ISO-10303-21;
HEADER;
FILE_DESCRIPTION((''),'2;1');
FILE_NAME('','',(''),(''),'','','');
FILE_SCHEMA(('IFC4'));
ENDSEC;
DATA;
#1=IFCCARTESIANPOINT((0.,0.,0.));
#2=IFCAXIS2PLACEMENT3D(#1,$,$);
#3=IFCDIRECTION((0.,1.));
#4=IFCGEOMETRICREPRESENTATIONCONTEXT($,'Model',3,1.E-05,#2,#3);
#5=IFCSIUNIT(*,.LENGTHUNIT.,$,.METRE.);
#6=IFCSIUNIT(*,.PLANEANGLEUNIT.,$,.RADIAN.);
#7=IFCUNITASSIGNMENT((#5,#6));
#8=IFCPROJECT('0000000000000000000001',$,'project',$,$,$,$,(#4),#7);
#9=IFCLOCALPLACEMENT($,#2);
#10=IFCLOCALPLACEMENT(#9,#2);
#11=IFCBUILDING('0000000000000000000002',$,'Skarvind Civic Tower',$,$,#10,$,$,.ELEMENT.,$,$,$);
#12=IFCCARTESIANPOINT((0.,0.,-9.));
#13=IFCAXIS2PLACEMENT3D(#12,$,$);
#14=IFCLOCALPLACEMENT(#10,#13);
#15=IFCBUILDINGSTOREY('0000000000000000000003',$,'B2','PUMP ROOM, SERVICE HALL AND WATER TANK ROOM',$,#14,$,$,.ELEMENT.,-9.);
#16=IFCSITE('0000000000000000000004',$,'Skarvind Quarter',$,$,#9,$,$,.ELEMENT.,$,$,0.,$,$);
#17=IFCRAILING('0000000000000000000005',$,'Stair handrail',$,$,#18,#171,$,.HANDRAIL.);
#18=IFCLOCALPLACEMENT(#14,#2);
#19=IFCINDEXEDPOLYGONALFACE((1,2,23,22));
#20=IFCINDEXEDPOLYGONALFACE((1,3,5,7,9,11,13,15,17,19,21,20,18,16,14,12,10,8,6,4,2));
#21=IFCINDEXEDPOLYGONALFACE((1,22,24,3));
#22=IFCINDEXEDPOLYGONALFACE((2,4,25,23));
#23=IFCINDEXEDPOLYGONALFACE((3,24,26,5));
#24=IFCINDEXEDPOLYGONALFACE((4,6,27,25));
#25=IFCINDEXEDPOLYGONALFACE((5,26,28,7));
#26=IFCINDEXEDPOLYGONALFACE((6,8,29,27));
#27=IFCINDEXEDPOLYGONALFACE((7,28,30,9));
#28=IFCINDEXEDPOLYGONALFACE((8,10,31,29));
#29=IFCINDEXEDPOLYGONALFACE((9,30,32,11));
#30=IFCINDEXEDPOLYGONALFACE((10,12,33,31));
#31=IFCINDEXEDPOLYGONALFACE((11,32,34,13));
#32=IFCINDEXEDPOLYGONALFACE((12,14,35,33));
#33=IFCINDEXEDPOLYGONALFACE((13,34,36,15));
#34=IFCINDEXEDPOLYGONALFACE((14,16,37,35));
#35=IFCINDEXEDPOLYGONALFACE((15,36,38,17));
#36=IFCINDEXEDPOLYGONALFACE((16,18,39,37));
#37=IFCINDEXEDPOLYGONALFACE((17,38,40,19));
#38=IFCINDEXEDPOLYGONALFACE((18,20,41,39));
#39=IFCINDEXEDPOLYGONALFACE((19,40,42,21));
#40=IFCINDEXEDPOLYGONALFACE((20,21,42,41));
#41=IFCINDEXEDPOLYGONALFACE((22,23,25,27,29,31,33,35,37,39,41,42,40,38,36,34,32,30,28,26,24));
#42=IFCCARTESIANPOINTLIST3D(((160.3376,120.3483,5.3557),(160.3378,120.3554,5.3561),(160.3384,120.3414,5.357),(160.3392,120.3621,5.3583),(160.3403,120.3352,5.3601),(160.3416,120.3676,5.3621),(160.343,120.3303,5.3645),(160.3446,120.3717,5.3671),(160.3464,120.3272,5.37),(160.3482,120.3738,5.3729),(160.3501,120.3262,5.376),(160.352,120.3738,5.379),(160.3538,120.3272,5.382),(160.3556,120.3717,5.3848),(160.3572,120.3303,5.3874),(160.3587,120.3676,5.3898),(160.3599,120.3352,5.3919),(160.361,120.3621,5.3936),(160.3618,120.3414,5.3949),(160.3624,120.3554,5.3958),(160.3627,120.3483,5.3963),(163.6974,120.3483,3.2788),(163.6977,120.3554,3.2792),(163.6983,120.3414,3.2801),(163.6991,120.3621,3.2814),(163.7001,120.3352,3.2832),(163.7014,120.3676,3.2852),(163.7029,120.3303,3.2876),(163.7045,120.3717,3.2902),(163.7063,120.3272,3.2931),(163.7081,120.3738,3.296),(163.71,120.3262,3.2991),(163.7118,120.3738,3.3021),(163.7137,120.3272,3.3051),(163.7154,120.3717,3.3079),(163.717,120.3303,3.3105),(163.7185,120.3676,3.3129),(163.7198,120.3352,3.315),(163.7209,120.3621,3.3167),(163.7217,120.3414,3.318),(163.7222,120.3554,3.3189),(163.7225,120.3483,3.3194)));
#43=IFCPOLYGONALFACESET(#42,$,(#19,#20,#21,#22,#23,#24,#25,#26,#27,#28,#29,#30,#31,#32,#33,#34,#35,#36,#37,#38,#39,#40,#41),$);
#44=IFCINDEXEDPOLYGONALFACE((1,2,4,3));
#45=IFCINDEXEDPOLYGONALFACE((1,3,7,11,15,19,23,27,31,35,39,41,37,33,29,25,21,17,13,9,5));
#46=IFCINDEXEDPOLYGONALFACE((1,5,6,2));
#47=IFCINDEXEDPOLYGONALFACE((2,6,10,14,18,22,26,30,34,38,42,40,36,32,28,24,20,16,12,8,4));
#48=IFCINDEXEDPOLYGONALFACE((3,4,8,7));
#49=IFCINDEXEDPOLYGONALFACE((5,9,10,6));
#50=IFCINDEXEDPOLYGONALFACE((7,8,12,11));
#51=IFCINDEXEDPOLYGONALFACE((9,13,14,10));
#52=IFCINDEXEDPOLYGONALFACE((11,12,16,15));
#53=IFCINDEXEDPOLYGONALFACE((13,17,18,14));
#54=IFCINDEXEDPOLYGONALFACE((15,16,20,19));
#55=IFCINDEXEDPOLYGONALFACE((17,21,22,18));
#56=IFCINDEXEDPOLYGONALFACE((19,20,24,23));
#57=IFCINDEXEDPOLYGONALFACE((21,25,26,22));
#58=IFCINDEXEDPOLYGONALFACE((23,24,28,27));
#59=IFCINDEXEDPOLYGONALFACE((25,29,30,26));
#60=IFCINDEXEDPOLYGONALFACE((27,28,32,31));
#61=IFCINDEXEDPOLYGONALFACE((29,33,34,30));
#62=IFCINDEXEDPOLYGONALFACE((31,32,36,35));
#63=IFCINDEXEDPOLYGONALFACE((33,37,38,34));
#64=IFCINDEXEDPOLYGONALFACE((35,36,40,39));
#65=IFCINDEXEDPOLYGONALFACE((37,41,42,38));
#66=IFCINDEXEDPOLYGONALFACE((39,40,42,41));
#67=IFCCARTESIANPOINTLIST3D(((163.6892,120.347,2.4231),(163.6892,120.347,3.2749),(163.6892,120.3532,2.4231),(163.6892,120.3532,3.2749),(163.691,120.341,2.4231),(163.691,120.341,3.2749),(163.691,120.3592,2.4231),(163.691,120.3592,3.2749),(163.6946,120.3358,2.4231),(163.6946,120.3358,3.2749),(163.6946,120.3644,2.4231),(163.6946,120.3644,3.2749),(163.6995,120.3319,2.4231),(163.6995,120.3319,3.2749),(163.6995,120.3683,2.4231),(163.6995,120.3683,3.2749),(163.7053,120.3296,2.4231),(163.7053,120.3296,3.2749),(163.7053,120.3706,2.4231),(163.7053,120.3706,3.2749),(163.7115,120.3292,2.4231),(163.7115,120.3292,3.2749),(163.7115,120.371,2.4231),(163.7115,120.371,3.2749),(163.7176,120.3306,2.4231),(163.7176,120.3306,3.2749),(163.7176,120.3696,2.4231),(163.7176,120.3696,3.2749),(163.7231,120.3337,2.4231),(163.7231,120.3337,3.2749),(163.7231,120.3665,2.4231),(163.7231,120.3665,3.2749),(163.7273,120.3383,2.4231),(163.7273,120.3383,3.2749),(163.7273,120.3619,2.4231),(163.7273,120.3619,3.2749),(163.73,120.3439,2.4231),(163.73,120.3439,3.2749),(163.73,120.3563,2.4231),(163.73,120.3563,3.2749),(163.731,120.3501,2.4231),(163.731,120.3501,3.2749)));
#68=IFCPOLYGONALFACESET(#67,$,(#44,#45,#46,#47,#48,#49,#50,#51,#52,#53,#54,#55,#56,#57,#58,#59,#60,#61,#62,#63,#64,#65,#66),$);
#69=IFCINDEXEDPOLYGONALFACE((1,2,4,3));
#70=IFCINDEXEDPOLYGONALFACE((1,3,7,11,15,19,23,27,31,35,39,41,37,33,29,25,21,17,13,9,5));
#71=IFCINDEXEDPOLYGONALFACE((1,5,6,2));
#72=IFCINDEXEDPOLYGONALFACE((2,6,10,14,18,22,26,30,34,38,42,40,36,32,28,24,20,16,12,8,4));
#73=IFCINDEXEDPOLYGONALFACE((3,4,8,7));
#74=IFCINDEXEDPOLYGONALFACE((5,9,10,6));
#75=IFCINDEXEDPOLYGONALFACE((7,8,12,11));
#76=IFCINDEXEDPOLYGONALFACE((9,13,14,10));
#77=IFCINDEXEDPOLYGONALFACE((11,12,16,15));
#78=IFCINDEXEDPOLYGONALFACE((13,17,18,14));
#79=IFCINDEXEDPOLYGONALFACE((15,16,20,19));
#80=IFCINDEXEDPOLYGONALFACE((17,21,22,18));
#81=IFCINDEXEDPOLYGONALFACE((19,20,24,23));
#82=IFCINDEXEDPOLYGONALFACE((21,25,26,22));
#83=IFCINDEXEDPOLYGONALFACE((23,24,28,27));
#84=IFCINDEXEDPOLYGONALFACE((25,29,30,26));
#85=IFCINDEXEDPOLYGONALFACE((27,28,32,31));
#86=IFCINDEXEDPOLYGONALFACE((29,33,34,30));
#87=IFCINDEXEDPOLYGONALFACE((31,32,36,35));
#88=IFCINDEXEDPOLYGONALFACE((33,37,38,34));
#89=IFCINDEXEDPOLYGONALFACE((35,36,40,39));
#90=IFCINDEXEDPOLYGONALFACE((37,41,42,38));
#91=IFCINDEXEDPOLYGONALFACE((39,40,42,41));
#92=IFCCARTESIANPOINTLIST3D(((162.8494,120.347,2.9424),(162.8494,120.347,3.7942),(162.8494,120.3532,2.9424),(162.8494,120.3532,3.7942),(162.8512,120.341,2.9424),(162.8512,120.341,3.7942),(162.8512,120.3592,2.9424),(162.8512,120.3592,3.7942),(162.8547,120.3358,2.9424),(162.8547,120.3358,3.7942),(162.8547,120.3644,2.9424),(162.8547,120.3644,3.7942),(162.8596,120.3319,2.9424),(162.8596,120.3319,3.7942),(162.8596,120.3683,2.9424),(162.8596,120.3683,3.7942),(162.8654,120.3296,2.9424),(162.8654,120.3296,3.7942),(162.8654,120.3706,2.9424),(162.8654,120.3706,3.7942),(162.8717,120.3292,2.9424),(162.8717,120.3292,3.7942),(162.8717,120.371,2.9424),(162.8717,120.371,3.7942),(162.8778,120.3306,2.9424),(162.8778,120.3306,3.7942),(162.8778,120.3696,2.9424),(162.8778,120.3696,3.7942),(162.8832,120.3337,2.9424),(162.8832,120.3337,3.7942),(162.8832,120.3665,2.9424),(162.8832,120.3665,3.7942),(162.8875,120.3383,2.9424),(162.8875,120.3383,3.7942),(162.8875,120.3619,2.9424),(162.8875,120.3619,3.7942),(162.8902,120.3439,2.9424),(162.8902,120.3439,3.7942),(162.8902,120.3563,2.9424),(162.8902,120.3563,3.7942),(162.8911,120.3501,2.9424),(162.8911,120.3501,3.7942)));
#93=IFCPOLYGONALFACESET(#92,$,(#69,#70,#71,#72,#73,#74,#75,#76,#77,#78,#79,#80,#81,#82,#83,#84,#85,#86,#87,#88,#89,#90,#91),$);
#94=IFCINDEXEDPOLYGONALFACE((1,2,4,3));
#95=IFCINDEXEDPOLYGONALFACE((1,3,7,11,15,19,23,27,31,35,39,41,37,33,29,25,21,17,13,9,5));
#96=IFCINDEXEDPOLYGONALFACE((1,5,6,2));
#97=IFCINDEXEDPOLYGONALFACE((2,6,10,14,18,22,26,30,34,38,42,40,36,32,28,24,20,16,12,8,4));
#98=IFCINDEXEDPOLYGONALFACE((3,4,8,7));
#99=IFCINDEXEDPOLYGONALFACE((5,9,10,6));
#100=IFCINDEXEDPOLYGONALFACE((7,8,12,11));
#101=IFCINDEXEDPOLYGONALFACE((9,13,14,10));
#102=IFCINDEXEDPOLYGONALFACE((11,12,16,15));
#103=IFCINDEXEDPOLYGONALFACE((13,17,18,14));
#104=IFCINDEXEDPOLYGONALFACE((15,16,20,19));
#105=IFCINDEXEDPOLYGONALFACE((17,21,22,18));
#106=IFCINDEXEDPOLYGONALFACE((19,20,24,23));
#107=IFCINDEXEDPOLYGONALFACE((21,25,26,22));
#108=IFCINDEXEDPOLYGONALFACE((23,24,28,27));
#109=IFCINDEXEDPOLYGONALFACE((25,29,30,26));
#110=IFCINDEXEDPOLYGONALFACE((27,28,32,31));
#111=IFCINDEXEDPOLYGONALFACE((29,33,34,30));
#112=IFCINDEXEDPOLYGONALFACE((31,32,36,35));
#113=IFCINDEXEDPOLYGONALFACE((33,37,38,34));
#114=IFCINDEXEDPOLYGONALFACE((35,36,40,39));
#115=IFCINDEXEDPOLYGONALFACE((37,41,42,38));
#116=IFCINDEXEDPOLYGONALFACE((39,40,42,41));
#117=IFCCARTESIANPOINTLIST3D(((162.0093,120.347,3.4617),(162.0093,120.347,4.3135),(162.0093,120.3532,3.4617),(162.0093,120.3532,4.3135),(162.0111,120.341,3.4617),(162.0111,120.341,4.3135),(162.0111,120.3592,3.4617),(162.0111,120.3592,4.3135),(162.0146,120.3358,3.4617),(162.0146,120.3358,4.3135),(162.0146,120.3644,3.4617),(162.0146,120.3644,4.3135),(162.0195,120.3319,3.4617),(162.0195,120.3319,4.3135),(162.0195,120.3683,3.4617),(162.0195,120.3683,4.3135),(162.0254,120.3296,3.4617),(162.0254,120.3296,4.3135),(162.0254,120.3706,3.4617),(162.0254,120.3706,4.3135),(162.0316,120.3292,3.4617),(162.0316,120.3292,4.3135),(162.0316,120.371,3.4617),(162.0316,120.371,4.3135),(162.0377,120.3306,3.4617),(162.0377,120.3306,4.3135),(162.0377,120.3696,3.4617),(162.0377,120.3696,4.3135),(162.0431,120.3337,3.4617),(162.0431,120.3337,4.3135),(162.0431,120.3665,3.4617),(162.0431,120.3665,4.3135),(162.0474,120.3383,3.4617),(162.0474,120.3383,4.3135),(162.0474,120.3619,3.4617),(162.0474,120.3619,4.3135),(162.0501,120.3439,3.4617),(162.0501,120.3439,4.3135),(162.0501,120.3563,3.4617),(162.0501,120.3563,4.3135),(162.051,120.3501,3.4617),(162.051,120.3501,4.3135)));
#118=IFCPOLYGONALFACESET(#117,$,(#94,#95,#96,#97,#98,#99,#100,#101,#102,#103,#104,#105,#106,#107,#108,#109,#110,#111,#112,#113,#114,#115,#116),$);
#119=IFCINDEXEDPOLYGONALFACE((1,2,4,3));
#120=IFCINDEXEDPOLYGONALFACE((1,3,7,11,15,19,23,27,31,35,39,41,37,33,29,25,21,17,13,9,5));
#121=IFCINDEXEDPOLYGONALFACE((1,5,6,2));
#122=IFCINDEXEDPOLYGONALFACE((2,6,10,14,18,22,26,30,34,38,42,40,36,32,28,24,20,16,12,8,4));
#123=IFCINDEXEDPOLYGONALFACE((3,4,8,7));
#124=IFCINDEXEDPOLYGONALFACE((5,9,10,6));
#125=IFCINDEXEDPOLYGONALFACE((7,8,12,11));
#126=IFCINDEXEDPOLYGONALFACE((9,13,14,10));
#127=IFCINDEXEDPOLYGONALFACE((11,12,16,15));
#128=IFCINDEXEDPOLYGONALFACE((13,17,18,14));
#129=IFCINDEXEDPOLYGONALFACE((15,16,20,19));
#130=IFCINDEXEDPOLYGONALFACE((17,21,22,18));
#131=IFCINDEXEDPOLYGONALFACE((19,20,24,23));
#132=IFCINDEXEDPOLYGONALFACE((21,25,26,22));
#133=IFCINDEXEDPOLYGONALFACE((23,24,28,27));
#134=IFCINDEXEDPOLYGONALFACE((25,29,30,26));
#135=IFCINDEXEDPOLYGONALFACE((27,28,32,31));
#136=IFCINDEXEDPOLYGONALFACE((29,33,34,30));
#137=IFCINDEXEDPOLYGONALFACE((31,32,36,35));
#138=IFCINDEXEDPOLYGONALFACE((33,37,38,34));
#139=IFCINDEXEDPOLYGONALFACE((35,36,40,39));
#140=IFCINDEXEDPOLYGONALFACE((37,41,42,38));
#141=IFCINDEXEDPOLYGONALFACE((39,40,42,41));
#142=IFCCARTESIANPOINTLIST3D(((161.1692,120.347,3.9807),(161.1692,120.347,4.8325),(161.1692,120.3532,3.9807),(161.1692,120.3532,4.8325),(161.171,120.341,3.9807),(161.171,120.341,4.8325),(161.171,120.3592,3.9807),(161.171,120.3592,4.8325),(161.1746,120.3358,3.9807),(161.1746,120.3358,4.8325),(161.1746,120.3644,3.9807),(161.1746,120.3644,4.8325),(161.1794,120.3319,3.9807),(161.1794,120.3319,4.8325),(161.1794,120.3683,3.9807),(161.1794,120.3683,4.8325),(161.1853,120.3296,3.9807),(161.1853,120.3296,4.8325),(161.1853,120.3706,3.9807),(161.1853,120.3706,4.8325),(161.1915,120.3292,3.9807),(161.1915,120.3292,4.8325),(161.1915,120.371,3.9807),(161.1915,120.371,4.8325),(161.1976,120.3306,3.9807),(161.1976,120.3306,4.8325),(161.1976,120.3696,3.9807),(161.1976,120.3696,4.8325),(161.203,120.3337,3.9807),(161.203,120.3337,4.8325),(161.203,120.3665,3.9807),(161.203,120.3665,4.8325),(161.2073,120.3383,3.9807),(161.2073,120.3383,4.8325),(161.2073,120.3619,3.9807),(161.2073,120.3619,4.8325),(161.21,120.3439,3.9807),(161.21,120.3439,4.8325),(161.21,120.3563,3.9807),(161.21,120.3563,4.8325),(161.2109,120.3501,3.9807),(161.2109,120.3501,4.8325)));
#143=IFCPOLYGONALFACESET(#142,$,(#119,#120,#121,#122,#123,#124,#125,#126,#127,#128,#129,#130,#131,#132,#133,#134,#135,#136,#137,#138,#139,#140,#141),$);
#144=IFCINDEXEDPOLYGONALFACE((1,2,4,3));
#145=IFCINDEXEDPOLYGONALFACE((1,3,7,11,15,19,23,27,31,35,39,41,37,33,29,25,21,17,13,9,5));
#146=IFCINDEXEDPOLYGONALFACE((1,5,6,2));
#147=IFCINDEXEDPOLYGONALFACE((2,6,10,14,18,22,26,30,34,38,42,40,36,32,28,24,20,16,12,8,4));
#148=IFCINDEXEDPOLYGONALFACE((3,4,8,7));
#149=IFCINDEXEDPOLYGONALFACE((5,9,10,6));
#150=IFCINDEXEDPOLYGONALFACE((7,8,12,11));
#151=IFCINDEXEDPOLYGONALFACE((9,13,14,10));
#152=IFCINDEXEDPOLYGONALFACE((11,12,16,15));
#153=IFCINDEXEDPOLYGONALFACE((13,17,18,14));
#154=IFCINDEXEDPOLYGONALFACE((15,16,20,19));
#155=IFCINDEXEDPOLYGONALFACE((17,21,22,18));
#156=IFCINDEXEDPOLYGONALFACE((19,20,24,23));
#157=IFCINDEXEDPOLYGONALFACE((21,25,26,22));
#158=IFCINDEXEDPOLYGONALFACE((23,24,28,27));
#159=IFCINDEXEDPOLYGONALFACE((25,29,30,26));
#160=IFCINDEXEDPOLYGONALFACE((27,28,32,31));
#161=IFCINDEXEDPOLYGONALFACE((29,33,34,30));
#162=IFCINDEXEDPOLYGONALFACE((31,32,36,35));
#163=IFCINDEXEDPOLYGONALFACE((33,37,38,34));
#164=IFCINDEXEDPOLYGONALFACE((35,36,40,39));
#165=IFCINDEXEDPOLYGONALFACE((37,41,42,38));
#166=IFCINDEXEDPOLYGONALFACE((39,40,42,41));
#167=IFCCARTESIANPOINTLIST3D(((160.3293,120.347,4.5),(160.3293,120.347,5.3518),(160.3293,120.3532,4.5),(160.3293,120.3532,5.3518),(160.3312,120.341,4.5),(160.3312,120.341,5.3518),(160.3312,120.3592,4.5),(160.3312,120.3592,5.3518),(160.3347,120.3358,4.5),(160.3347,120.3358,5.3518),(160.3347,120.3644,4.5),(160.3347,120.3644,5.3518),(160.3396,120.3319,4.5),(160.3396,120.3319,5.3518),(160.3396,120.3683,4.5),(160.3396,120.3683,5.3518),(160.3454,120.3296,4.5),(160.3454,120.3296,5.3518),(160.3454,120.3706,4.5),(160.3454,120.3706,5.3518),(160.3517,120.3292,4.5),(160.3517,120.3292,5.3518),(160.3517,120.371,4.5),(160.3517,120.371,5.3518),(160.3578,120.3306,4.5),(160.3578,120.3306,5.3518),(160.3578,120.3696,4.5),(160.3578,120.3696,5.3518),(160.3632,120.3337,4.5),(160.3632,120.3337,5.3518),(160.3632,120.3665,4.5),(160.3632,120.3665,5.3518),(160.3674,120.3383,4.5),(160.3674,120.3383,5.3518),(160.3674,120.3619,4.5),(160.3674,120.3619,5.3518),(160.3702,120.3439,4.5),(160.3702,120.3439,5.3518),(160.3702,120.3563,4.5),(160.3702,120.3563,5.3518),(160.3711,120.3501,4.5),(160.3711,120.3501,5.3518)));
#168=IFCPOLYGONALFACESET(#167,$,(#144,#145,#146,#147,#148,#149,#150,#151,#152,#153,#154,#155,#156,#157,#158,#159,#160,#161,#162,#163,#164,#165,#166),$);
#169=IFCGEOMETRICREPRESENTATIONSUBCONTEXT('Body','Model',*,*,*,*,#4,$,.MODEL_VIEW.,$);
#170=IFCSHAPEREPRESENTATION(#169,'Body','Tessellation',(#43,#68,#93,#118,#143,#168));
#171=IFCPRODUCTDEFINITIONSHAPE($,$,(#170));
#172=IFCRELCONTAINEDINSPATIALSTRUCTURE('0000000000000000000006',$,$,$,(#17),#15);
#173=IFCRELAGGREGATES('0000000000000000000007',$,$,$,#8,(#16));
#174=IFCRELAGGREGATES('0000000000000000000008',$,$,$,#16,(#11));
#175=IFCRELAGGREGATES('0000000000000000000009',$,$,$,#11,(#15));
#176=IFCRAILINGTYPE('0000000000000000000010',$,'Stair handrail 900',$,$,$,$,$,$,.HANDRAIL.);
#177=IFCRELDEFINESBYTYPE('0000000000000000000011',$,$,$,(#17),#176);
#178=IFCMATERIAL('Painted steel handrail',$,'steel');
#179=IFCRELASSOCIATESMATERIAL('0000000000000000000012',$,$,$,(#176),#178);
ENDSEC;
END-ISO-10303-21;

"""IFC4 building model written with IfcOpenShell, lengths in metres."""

from ifc_helpers import new_model, si_unit, direction, frame, origin, origin_2d, place, context, subcontext, project, spatial, circle, extrude, material, type_object, element, save


model = new_model("IFC4")

# Units and contexts
model_context = context("Model", 3, precision=1e-05, world=origin(), true_north=direction((0.0, 1.0)))
body_context = subcontext(model_context, "Body", "Model", "MODEL_VIEW")
ifc_project = project(units=[si_unit("LENGTHUNIT", "METRE"), si_unit("PLANEANGLEUNIT", "RADIAN")], contexts=[model_context])

# Site, building, storey
site_placement = place(None, origin())
site = spatial("IfcSite", under=ifc_project, at=site_placement, Name="Skarvind Quarter", CompositionType="ELEMENT", RefElevation=0.0)
building_placement = place(site_placement, origin())
building = spatial("IfcBuilding", under=site, at=building_placement, Name="Skarvind Civic Tower", CompositionType="ELEMENT")
storey_placement = place(building_placement, frame((0.0, 0.0, -9.0)))
storey = spatial("IfcBuildingStorey", under=building, at=storey_placement, Name="B2", Description="PUMP ROOM, SERVICE HALL AND WATER TANK ROOM", CompositionType="ELEMENT", Elevation=-9.0)

# Railing
ifc_material_1 = material(Name="Painted steel handrail", Category="steel")
railing_type = type_object("IfcRailingType", Name="Stair handrail 900", PredefinedType="HANDRAIL", material=ifc_material_1)
railing_placement = place(storey_placement, frame((163.71, 120.3501, 2.4231)))
element("IfcRailing", 1, at=railing_placement, inside=storey, type_object=railing_type, Name="Stair handrail", PredefinedType="HANDRAIL", context=body_context, shape_type="SweptSolid", body=[
    extrude(circle(Radius=0.0239, at=origin_2d()), frame((0.0, 0.0, 0.876), z_axis=(-0.850606, 0.0, 0.525803), x_axis=(0.0, -1.0, 0.0)), (0.0, 0.0, 1.0), 3.95),
    extrude(circle(Radius=0.021, at=origin_2d()), origin(), (0.0, 0.0, 1.0), 0.8518),
    extrude(circle(Radius=0.021, at=origin_2d()), frame((-0.8398, 0.0, 0.5193)), (0.0, 0.0, 1.0), 0.8518),
    extrude(circle(Radius=0.021, at=origin_2d()), frame((-1.6799, 0.0, 1.0386)), (0.0, 0.0, 1.0), 0.8518),
    extrude(circle(Radius=0.021, at=origin_2d()), frame((-2.52, 0.0, 1.5576)), (0.0, 0.0, 1.0), 0.8518),
    extrude(circle(Radius=0.021, at=origin_2d()), frame((-3.3599, 0.0, 2.0769)), (0.0, 0.0, 1.0), 0.8518),
])

save(model, "model.ifc")
